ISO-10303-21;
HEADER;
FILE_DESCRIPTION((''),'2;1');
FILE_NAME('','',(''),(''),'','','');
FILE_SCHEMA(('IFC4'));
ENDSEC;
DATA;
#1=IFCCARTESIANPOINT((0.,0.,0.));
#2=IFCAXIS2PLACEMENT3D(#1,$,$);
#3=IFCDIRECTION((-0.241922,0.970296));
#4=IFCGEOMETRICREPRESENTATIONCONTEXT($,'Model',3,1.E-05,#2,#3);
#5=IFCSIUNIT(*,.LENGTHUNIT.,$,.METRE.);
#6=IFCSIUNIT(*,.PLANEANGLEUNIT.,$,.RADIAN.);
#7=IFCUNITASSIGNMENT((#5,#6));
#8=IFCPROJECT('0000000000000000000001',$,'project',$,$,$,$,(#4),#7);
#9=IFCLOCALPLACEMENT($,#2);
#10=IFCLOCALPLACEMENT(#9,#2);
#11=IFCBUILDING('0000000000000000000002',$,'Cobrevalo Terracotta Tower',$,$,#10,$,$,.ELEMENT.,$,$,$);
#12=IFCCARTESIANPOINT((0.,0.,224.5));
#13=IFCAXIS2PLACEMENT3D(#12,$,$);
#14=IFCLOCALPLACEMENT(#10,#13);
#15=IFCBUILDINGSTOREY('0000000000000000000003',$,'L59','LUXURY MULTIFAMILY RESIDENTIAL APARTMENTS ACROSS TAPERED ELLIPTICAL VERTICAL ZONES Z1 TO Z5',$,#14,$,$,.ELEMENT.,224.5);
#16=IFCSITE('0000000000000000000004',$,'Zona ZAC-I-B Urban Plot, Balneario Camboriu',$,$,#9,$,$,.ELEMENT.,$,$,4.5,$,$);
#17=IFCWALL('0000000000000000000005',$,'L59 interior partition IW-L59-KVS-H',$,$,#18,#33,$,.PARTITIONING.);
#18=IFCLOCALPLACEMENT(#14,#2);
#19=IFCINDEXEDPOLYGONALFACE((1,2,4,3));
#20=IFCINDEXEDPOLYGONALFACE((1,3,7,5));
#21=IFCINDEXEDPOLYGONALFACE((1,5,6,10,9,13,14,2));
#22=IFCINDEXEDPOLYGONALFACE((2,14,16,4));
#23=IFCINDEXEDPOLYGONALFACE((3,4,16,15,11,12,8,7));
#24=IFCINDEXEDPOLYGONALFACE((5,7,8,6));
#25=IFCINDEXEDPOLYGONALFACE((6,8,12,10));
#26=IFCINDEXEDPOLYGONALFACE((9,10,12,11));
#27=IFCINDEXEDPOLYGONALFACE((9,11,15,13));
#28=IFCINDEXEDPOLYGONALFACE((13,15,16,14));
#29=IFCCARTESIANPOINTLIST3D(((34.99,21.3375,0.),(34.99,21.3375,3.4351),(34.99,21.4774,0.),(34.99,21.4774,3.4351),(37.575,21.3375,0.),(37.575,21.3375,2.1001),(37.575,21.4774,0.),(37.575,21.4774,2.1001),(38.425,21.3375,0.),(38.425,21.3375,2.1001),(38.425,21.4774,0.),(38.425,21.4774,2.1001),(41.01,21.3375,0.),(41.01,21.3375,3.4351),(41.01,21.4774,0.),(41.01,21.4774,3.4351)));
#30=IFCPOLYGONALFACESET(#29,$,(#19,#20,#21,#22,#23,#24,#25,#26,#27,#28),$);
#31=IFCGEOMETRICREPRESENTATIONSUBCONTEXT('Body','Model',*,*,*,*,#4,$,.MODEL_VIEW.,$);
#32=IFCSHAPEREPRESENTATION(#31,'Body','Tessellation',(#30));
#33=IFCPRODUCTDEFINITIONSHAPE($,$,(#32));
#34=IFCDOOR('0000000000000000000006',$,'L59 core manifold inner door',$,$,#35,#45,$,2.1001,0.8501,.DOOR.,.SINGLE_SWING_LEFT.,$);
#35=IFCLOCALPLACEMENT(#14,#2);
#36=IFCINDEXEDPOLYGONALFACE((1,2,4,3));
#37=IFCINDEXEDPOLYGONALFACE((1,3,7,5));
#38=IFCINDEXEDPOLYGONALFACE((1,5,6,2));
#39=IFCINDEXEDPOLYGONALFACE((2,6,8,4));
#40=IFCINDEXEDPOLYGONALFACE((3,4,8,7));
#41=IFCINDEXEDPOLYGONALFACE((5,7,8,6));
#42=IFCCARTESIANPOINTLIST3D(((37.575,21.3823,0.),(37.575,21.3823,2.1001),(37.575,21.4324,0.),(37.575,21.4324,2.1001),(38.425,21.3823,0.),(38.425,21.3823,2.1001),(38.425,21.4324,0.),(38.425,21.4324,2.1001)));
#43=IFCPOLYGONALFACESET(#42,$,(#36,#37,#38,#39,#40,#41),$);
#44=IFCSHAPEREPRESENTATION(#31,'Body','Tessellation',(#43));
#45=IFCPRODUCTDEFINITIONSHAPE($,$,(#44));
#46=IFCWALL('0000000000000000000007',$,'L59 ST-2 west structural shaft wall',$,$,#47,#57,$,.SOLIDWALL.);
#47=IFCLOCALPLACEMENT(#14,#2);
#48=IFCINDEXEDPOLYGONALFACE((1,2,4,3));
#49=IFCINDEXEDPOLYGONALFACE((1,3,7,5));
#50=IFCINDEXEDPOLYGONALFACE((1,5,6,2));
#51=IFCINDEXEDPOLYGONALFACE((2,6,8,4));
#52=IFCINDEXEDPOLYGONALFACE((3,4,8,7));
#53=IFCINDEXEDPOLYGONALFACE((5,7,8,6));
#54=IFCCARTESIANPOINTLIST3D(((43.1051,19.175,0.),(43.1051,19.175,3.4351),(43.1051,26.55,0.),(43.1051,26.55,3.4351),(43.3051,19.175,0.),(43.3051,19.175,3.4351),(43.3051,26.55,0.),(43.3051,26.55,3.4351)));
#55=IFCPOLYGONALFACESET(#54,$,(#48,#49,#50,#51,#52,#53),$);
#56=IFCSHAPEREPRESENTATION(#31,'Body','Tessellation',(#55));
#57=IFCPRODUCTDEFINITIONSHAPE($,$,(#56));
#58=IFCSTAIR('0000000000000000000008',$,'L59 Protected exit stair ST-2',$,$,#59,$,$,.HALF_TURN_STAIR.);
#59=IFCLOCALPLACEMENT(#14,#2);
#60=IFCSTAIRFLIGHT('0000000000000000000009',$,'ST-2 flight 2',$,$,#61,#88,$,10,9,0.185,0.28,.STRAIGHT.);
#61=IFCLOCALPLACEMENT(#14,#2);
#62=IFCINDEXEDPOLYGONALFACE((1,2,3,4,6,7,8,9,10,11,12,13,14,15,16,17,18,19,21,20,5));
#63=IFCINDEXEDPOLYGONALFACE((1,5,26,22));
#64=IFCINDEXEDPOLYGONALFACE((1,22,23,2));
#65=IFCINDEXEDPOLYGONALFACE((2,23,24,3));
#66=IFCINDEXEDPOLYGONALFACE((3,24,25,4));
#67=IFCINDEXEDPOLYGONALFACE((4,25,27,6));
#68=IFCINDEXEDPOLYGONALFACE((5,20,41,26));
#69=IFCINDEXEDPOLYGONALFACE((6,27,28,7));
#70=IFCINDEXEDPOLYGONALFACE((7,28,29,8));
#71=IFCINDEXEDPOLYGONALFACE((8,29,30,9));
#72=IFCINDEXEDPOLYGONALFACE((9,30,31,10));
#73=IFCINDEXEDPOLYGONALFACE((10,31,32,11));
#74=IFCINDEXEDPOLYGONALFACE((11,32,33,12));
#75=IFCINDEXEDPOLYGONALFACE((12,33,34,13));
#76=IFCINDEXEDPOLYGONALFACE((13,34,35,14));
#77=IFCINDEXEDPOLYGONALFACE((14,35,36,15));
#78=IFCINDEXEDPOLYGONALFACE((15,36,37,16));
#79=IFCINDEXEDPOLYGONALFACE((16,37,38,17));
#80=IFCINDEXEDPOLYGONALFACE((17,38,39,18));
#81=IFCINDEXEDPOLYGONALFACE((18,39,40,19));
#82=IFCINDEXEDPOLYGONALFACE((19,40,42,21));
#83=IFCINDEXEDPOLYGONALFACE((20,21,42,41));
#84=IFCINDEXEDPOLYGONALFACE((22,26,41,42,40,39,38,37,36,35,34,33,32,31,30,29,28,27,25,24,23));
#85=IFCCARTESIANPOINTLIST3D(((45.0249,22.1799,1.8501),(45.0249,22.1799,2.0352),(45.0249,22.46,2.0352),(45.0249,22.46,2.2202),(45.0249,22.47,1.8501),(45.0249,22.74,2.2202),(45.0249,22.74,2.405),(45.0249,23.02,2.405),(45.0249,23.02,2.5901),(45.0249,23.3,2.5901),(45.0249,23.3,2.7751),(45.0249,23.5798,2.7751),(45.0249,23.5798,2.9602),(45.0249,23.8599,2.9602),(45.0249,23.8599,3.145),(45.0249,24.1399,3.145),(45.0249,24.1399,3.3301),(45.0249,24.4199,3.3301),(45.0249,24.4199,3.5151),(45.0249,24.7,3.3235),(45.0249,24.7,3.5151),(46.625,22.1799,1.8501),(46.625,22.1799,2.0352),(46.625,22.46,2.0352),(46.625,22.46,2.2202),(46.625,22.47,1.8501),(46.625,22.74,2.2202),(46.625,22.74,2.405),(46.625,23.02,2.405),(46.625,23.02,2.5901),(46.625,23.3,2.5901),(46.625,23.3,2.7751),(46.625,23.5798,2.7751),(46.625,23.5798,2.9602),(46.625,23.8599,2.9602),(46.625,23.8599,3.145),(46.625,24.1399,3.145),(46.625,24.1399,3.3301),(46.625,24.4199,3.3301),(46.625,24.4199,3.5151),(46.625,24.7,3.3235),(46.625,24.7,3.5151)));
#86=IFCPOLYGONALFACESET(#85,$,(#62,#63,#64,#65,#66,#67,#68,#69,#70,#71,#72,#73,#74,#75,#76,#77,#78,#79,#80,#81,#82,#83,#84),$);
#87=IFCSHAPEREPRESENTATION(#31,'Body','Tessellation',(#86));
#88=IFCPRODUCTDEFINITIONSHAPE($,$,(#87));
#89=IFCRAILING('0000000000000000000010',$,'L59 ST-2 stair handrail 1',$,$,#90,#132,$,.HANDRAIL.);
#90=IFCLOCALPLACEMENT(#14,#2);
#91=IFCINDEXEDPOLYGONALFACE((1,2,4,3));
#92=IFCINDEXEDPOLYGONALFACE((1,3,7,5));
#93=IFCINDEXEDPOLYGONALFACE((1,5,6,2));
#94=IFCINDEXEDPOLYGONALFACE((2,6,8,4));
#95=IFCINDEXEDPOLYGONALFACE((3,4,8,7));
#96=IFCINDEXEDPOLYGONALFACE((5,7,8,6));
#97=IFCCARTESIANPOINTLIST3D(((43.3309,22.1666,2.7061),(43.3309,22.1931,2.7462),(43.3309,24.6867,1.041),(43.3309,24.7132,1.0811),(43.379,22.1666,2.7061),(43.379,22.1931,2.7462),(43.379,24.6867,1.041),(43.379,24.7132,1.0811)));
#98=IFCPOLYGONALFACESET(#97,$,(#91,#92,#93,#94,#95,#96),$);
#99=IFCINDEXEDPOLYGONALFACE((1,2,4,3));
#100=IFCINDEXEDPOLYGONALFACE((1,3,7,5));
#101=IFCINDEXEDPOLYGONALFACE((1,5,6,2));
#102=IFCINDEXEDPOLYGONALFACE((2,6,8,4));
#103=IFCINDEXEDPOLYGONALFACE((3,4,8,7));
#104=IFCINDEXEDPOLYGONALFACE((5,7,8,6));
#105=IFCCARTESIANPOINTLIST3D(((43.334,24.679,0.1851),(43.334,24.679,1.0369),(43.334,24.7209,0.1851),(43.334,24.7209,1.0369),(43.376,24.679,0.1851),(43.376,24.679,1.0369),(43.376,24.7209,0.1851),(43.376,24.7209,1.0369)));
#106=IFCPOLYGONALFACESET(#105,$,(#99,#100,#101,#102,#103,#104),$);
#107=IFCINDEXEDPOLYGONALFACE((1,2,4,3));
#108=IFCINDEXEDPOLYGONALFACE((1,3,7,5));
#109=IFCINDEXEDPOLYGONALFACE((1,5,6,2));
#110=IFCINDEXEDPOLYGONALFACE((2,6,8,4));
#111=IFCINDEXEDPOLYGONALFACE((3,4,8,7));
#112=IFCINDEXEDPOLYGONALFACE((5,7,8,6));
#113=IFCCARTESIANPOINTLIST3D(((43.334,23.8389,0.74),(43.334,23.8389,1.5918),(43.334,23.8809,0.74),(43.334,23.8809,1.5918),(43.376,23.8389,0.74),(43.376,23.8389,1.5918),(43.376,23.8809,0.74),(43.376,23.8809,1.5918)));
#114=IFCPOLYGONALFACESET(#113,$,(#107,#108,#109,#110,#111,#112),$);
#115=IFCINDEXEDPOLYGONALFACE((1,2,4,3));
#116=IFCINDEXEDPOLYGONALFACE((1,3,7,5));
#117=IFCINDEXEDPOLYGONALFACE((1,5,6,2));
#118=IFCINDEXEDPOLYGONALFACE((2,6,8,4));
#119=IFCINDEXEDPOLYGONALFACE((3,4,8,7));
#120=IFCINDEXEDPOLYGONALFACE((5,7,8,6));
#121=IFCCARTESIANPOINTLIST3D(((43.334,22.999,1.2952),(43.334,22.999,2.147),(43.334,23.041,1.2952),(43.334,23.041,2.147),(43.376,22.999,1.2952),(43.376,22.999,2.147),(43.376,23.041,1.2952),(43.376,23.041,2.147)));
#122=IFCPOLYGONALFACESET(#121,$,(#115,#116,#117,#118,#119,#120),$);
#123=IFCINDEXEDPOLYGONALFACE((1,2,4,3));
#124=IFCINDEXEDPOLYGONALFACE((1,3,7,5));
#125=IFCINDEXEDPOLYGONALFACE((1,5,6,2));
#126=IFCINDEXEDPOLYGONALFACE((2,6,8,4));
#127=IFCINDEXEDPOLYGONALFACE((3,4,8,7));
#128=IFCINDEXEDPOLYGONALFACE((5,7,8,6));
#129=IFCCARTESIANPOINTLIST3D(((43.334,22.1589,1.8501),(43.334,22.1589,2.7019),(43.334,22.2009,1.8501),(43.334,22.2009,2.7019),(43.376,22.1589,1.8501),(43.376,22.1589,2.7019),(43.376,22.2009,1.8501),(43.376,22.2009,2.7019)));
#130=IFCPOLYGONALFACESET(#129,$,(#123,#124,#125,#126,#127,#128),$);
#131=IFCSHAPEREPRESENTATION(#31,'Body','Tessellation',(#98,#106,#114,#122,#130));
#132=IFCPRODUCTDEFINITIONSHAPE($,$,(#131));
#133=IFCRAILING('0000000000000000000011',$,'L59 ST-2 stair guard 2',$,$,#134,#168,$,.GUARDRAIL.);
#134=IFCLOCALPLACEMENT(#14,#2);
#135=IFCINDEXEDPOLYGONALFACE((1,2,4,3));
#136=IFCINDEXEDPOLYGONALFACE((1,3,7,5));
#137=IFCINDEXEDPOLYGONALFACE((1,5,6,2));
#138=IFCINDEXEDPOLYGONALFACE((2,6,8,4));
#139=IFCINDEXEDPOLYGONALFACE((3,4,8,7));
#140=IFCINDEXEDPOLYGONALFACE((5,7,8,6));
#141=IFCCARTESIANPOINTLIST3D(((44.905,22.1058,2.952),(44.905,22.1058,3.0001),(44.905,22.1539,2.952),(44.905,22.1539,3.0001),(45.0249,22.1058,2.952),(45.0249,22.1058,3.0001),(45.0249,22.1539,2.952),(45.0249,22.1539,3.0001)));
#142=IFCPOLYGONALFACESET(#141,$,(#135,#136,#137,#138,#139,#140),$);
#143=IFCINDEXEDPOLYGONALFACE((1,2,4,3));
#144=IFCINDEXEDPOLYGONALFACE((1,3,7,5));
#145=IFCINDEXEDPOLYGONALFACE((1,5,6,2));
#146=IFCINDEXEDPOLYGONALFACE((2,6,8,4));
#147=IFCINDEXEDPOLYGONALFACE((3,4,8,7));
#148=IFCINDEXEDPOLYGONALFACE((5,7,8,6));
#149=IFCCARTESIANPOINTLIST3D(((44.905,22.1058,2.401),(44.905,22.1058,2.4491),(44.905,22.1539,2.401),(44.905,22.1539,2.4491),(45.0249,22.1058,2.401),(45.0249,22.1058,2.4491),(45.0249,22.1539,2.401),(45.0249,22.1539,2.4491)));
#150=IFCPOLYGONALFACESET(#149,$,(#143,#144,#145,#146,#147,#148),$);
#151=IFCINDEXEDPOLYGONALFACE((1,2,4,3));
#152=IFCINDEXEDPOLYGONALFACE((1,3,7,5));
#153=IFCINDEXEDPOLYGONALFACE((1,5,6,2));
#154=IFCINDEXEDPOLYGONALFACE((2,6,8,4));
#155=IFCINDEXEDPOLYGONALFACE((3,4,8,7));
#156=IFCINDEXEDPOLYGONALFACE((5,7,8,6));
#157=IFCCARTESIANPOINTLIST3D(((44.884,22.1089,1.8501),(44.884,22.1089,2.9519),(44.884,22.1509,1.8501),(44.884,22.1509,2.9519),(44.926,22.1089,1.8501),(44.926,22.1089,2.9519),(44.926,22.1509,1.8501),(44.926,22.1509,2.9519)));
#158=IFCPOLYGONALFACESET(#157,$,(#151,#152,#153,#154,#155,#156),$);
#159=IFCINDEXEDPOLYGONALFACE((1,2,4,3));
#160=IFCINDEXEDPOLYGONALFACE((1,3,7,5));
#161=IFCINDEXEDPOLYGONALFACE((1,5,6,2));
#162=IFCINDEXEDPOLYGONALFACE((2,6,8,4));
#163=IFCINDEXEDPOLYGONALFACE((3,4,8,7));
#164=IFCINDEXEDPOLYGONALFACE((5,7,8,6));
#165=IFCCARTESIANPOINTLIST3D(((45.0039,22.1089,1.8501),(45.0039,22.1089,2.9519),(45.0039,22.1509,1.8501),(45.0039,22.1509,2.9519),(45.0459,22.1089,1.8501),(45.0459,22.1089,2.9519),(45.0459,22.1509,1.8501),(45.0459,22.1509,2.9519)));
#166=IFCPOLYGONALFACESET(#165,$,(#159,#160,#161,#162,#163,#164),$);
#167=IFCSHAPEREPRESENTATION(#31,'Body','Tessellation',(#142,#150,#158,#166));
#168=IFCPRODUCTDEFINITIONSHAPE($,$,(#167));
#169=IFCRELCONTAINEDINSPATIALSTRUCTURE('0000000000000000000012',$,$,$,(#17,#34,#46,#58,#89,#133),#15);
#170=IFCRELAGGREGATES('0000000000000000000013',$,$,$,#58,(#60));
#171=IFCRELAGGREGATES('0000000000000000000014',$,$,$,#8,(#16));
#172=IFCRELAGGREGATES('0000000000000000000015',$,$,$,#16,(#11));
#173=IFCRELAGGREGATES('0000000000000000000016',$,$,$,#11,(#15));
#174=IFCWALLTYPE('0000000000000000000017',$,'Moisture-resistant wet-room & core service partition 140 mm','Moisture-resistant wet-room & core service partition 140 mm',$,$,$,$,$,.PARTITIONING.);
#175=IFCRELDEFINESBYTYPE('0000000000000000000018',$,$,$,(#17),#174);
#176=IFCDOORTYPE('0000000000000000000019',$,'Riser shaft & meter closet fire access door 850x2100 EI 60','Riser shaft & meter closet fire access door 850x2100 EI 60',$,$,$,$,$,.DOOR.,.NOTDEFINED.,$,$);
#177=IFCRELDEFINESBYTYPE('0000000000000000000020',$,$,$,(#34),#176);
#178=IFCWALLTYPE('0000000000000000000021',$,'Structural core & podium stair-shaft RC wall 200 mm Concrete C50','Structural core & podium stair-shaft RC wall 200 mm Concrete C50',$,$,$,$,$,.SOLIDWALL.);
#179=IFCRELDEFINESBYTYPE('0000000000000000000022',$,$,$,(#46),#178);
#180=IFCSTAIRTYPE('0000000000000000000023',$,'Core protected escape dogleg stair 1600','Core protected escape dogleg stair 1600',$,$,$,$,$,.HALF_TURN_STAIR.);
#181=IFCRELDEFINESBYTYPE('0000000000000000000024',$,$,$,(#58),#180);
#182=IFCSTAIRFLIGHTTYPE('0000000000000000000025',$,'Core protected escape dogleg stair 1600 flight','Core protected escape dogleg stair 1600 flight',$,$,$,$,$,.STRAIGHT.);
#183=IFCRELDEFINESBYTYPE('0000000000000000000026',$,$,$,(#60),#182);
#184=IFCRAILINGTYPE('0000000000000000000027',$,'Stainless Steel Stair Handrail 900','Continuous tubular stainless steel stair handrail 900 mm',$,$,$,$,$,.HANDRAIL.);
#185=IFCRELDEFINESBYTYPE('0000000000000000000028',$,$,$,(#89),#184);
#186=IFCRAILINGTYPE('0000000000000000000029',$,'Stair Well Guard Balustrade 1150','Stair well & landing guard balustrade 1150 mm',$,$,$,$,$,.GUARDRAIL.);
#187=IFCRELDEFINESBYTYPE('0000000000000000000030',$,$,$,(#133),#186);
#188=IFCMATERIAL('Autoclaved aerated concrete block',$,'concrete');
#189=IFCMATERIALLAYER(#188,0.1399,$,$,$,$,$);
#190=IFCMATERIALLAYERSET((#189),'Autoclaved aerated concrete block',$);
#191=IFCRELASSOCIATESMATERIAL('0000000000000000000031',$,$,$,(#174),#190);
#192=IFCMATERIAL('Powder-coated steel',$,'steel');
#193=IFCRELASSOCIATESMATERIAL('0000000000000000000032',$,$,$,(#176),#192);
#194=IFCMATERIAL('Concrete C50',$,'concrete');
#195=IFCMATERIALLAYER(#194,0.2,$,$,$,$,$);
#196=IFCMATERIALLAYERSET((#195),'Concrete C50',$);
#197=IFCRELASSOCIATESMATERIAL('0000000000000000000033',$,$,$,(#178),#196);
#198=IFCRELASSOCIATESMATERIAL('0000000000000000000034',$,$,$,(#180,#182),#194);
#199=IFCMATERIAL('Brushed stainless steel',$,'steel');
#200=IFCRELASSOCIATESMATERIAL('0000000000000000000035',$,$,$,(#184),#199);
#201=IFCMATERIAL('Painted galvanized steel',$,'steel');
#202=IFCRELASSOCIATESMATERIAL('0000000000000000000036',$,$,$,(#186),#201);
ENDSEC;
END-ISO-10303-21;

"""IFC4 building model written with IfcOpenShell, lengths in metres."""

from ifc_helpers import new_model, si_unit, direction, frame, frame_2d, origin, origin_2d, place, context, subcontext, project, spatial, polyline, rectangle, outline, extrude, source, transform, mapped, material, layer, layer_set, type_object, element, fill, aggregate, save


model = new_model("IFC4")

# Units and contexts
model_context = context("Model", 3, precision=1e-05, world=origin(), true_north=direction((-0.241922, 0.970296)))
body_context = subcontext(model_context, "Body", "Model", "MODEL_VIEW")
ifc_project = project(units=[si_unit("LENGTHUNIT", "METRE"), si_unit("PLANEANGLEUNIT", "RADIAN")], contexts=[model_context])

# Site, building, storey
site_placement = place(None, origin())
site = spatial("IfcSite", under=ifc_project, at=site_placement, Name="Zona ZAC-I-B Urban Plot, Balneario Camboriu", CompositionType="ELEMENT", RefElevation=4.5)
building_placement = place(site_placement, origin())
building = spatial("IfcBuilding", under=site, at=building_placement, Name="Cobrevalo Terracotta Tower", CompositionType="ELEMENT")
storey_placement = place(building_placement, frame((0.0, 0.0, 224.5)))
storey = spatial("IfcBuildingStorey", under=building, at=storey_placement, Name="L59", Description="LUXURY MULTIFAMILY RESIDENTIAL APARTMENTS ACROSS TAPERED ELLIPTICAL VERTICAL ZONES Z1 TO Z5", CompositionType="ELEMENT", Elevation=224.5)

# Shared definitions
ifc_material_1 = material(Name="Autoclaved aerated concrete block", Category="concrete")

# Shared definitions
ifc_material_2 = material(Name="Concrete C50", Category="concrete")

# Shared definitions
ifc_layer_1 = layer(ifc_material_1, 0.1399)
ifc_layer_set_1 = layer_set([ifc_layer_1], Name="Autoclaved aerated concrete block")
wall_type_1 = type_object("IfcWallType", Name="Moisture-resistant wet-room & core service partition 140 mm", Description="Moisture-resistant wet-room & core service partition 140 mm", PredefinedType="PARTITIONING", material=ifc_layer_set_1)

# Wall, opening, door
wall_1_placement = place(storey_placement, frame((34.99, 21.4075, 0.0), z_axis=(0.0, 0.0, 1.0), x_axis=(1.0, 0.0, 0.0)))
wall_1 = element("IfcWall", 1, at=wall_1_placement, inside=storey, type_object=wall_type_1, Name="L59 interior partition IW-L59-KVS-H", PredefinedType="PARTITIONING", context=body_context, shape_type="SweptSolid", body=[
    extrude(rectangle(XDim=6.02, YDim=0.1399, at=frame_2d((3.01, 0.0))), origin(), (0.0, 0.0, 1.0), 3.4351),
])
opening_1_placement = place(wall_1_placement, frame((2.585, 0.0, 0.0)))
opening_1 = element("IfcOpeningElement", 2, at=opening_1_placement, cuts=wall_1, PredefinedType="OPENING", context=body_context, shape_type="SweptSolid", body=[
    extrude(rectangle(XDim=0.8501, YDim=2.1001, at=frame_2d((0.425, 1.05))), frame((0.0, 0.0801, 0.0), z_axis=(0.0, -1.0, 0.0), x_axis=(1.0, 0.0, 0.0)), (0.0, 0.0, 1.0), 0.1599),
])
ifc_material_3 = material(Name="Powder-coated steel", Category="steel")
door_type_1 = type_object("IfcDoorType", Name="Riser shaft & meter closet fire access door 850x2100 EI 60", Description="Riser shaft & meter closet fire access door 850x2100 EI 60", OperationType="NOTDEFINED", PredefinedType="DOOR", material=ifc_material_3)
shared_shape_1 = source(origin(), body_context, "Body", "SweptSolid", [
    extrude(rectangle(XDim=0.8501, YDim=2.1001, at=frame_2d((0.425, 1.05))), frame((0.0, 0.0249, 0.0), z_axis=(0.0, -1.0, 0.0), x_axis=(1.0, 0.0, 0.0)), (0.0, 0.0, 1.0), 0.05),
])
door_1_placement = place(opening_1_placement, origin())
door_1 = element("IfcDoor", 3, at=door_1_placement, inside=storey, type_object=door_type_1, Name="L59 core manifold inner door", OperationType="SINGLE_SWING_LEFT", OverallHeight=2.1001, OverallWidth=0.8501, PredefinedType="DOOR", context=body_context, shape_type="MappedRepresentation", body=[
    mapped(shared_shape_1, transform((0.0, 0.0, 0.0), scale=1.0)),
])
fill(opening_1, door_1)

# Wall
ifc_layer_2 = layer(ifc_material_2, 0.2)
ifc_layer_set_2 = layer_set([ifc_layer_2], Name="Concrete C50")
wall_type_2 = type_object("IfcWallType", Name="Structural core & podium stair-shaft RC wall 200 mm Concrete C50", Description="Structural core & podium stair-shaft RC wall 200 mm Concrete C50", PredefinedType="SOLIDWALL", material=ifc_layer_set_2)
wall_2_placement = place(storey_placement, frame((43.2051, 19.175, 0.0), z_axis=(0.0, 0.0, 1.0), x_axis=(0.0, 1.0, 0.0)))
element("IfcWall", 4, at=wall_2_placement, inside=storey, type_object=wall_type_2, Name="L59 ST-2 west structural shaft wall", PredefinedType="SOLIDWALL", context=body_context, shape_type="SweptSolid", body=[
    extrude(rectangle(XDim=7.375, YDim=0.2, at=frame_2d((3.6875, 0.0))), origin(), (0.0, 0.0, 1.0), 3.4351),
])

# Stair, stair flight
stair_type = type_object("IfcStairType", Name="Core protected escape dogleg stair 1600", Description="Core protected escape dogleg stair 1600", PredefinedType="HALF_TURN_STAIR", material=ifc_material_2)
stair_placement = place(storey_placement, origin())
stair = element("IfcStair", 5, at=stair_placement, inside=storey, type_object=stair_type, Name="L59 Protected exit stair ST-2", PredefinedType="HALF_TURN_STAIR")
stair_flight_type = type_object("IfcStairFlightType", Name="Core protected escape dogleg stair 1600 flight", Description="Core protected escape dogleg stair 1600 flight", PredefinedType="STRAIGHT", material=ifc_material_2)
stair_flight_placement = place(storey_placement, frame((45.825, 22.1799, 1.8501), z_axis=(0.0, 0.0, 1.0), x_axis=(0.0, 1.0, 0.0)))
stair_flight = element("IfcStairFlight", 6, at=stair_flight_placement, type_object=stair_flight_type, Name="ST-2 flight 2", NumberOfRisers=10, NumberOfTreads=9, PredefinedType="STRAIGHT", RiserHeight=0.185, TreadLength=0.28, context=body_context, shape_type="SweptSolid", body=[
    extrude(outline(polyline([(0.0, 0.0), (0.0, 0.1851), (0.28, 0.1851), (0.28, 0.3701), (0.5601, 0.3701), (0.5601, 0.5549), (0.8401, 0.5549), (0.8401, 0.74), (1.1201, 0.74), (1.1201, 0.925), (1.3999, 0.925), (1.3999, 1.1101), (1.6799, 1.1101), (1.6799, 1.2949), (1.96, 1.2949), (1.96, 1.48), (2.24, 1.48), (2.24, 1.665), (2.52, 1.665), (2.52, 1.8501), (2.52, 1.4734), (0.29, 0.0), (0.0, 0.0)])), frame((0.0, 0.8, 0.0), z_axis=(0.0, -1.0, 0.0), x_axis=(1.0, 0.0, 0.0)), (0.0, 0.0, 1.0), 1.6001),
])
aggregate(stair, [stair_flight])

# Railings
ifc_material_4 = material(Name="Brushed stainless steel", Category="steel")
railing_type_1 = type_object("IfcRailingType", Name="Stainless Steel Stair Handrail 900", Description="Continuous tubular stainless steel stair handrail 900 mm", PredefinedType="HANDRAIL", material=ifc_material_4)
railing_1_placement = place(storey_placement, frame((43.355, 24.7, 0.1851)))
element("IfcRailing", 7, at=railing_1_placement, inside=storey, type_object=railing_type_1, Name="L59 ST-2 stair handrail 1", PredefinedType="HANDRAIL", context=body_context, shape_type="SweptSolid", body=[
    extrude(rectangle(XDim=0.0481, YDim=0.0481, at=origin_2d()), frame((0.0, 0.0, 0.876), z_axis=(0.0, -0.834331, 0.551263), x_axis=(1.0, 0.0, 0.0)), (0.0, 0.0, 1.0), 3.0205),
    extrude(rectangle(XDim=0.042, YDim=0.042, at=origin_2d()), origin(), (0.0, 0.0, 1.0), 0.8518),
    extrude(rectangle(XDim=0.042, YDim=0.042, at=origin_2d()), frame((0.0, -0.8401, 0.5549)), (0.0, 0.0, 1.0), 0.8518),
    extrude(rectangle(XDim=0.042, YDim=0.042, at=origin_2d()), frame((0.0, -1.6799, 1.1101)), (0.0, 0.0, 1.0), 0.8518),
    extrude(rectangle(XDim=0.042, YDim=0.042, at=origin_2d()), frame((0.0, -2.52, 1.665)), (0.0, 0.0, 1.0), 0.8518),
])
ifc_material_5 = material(Name="Painted galvanized steel", Category="steel")
railing_type_2 = type_object("IfcRailingType", Name="Stair Well Guard Balustrade 1150", Description="Stair well & landing guard balustrade 1150 mm", PredefinedType="GUARDRAIL", material=ifc_material_5)
railing_2_placement = place(storey_placement, frame((44.905, 22.1299, 1.8501)))
element("IfcRailing", 8, at=railing_2_placement, inside=storey, type_object=railing_type_2, Name="L59 ST-2 stair guard 2", PredefinedType="GUARDRAIL", context=body_context, shape_type="SweptSolid", body=[
    extrude(rectangle(XDim=0.0481, YDim=0.0481, at=origin_2d()), frame((0.0, 0.0, 1.126), z_axis=(1.0, 0.0, 0.0), x_axis=(0.0, 1.0, 0.0)), (0.0, 0.0, 1.0), 0.1199),
    extrude(rectangle(XDim=0.0481, YDim=0.0481, at=origin_2d()), frame((0.0, 0.0, 0.575), z_axis=(1.0, 0.0, 0.0), x_axis=(0.0, 1.0, 0.0)), (0.0, 0.0, 1.0), 0.1199),
    extrude(rectangle(XDim=0.042, YDim=0.042, at=origin_2d()), origin(), (0.0, 0.0, 1.0), 1.1018),
    extrude(rectangle(XDim=0.042, YDim=0.042, at=origin_2d()), frame((0.1199, 0.0, 0.0)), (0.0, 0.0, 1.0), 1.1018),
])

save(model, "model.ifc")
